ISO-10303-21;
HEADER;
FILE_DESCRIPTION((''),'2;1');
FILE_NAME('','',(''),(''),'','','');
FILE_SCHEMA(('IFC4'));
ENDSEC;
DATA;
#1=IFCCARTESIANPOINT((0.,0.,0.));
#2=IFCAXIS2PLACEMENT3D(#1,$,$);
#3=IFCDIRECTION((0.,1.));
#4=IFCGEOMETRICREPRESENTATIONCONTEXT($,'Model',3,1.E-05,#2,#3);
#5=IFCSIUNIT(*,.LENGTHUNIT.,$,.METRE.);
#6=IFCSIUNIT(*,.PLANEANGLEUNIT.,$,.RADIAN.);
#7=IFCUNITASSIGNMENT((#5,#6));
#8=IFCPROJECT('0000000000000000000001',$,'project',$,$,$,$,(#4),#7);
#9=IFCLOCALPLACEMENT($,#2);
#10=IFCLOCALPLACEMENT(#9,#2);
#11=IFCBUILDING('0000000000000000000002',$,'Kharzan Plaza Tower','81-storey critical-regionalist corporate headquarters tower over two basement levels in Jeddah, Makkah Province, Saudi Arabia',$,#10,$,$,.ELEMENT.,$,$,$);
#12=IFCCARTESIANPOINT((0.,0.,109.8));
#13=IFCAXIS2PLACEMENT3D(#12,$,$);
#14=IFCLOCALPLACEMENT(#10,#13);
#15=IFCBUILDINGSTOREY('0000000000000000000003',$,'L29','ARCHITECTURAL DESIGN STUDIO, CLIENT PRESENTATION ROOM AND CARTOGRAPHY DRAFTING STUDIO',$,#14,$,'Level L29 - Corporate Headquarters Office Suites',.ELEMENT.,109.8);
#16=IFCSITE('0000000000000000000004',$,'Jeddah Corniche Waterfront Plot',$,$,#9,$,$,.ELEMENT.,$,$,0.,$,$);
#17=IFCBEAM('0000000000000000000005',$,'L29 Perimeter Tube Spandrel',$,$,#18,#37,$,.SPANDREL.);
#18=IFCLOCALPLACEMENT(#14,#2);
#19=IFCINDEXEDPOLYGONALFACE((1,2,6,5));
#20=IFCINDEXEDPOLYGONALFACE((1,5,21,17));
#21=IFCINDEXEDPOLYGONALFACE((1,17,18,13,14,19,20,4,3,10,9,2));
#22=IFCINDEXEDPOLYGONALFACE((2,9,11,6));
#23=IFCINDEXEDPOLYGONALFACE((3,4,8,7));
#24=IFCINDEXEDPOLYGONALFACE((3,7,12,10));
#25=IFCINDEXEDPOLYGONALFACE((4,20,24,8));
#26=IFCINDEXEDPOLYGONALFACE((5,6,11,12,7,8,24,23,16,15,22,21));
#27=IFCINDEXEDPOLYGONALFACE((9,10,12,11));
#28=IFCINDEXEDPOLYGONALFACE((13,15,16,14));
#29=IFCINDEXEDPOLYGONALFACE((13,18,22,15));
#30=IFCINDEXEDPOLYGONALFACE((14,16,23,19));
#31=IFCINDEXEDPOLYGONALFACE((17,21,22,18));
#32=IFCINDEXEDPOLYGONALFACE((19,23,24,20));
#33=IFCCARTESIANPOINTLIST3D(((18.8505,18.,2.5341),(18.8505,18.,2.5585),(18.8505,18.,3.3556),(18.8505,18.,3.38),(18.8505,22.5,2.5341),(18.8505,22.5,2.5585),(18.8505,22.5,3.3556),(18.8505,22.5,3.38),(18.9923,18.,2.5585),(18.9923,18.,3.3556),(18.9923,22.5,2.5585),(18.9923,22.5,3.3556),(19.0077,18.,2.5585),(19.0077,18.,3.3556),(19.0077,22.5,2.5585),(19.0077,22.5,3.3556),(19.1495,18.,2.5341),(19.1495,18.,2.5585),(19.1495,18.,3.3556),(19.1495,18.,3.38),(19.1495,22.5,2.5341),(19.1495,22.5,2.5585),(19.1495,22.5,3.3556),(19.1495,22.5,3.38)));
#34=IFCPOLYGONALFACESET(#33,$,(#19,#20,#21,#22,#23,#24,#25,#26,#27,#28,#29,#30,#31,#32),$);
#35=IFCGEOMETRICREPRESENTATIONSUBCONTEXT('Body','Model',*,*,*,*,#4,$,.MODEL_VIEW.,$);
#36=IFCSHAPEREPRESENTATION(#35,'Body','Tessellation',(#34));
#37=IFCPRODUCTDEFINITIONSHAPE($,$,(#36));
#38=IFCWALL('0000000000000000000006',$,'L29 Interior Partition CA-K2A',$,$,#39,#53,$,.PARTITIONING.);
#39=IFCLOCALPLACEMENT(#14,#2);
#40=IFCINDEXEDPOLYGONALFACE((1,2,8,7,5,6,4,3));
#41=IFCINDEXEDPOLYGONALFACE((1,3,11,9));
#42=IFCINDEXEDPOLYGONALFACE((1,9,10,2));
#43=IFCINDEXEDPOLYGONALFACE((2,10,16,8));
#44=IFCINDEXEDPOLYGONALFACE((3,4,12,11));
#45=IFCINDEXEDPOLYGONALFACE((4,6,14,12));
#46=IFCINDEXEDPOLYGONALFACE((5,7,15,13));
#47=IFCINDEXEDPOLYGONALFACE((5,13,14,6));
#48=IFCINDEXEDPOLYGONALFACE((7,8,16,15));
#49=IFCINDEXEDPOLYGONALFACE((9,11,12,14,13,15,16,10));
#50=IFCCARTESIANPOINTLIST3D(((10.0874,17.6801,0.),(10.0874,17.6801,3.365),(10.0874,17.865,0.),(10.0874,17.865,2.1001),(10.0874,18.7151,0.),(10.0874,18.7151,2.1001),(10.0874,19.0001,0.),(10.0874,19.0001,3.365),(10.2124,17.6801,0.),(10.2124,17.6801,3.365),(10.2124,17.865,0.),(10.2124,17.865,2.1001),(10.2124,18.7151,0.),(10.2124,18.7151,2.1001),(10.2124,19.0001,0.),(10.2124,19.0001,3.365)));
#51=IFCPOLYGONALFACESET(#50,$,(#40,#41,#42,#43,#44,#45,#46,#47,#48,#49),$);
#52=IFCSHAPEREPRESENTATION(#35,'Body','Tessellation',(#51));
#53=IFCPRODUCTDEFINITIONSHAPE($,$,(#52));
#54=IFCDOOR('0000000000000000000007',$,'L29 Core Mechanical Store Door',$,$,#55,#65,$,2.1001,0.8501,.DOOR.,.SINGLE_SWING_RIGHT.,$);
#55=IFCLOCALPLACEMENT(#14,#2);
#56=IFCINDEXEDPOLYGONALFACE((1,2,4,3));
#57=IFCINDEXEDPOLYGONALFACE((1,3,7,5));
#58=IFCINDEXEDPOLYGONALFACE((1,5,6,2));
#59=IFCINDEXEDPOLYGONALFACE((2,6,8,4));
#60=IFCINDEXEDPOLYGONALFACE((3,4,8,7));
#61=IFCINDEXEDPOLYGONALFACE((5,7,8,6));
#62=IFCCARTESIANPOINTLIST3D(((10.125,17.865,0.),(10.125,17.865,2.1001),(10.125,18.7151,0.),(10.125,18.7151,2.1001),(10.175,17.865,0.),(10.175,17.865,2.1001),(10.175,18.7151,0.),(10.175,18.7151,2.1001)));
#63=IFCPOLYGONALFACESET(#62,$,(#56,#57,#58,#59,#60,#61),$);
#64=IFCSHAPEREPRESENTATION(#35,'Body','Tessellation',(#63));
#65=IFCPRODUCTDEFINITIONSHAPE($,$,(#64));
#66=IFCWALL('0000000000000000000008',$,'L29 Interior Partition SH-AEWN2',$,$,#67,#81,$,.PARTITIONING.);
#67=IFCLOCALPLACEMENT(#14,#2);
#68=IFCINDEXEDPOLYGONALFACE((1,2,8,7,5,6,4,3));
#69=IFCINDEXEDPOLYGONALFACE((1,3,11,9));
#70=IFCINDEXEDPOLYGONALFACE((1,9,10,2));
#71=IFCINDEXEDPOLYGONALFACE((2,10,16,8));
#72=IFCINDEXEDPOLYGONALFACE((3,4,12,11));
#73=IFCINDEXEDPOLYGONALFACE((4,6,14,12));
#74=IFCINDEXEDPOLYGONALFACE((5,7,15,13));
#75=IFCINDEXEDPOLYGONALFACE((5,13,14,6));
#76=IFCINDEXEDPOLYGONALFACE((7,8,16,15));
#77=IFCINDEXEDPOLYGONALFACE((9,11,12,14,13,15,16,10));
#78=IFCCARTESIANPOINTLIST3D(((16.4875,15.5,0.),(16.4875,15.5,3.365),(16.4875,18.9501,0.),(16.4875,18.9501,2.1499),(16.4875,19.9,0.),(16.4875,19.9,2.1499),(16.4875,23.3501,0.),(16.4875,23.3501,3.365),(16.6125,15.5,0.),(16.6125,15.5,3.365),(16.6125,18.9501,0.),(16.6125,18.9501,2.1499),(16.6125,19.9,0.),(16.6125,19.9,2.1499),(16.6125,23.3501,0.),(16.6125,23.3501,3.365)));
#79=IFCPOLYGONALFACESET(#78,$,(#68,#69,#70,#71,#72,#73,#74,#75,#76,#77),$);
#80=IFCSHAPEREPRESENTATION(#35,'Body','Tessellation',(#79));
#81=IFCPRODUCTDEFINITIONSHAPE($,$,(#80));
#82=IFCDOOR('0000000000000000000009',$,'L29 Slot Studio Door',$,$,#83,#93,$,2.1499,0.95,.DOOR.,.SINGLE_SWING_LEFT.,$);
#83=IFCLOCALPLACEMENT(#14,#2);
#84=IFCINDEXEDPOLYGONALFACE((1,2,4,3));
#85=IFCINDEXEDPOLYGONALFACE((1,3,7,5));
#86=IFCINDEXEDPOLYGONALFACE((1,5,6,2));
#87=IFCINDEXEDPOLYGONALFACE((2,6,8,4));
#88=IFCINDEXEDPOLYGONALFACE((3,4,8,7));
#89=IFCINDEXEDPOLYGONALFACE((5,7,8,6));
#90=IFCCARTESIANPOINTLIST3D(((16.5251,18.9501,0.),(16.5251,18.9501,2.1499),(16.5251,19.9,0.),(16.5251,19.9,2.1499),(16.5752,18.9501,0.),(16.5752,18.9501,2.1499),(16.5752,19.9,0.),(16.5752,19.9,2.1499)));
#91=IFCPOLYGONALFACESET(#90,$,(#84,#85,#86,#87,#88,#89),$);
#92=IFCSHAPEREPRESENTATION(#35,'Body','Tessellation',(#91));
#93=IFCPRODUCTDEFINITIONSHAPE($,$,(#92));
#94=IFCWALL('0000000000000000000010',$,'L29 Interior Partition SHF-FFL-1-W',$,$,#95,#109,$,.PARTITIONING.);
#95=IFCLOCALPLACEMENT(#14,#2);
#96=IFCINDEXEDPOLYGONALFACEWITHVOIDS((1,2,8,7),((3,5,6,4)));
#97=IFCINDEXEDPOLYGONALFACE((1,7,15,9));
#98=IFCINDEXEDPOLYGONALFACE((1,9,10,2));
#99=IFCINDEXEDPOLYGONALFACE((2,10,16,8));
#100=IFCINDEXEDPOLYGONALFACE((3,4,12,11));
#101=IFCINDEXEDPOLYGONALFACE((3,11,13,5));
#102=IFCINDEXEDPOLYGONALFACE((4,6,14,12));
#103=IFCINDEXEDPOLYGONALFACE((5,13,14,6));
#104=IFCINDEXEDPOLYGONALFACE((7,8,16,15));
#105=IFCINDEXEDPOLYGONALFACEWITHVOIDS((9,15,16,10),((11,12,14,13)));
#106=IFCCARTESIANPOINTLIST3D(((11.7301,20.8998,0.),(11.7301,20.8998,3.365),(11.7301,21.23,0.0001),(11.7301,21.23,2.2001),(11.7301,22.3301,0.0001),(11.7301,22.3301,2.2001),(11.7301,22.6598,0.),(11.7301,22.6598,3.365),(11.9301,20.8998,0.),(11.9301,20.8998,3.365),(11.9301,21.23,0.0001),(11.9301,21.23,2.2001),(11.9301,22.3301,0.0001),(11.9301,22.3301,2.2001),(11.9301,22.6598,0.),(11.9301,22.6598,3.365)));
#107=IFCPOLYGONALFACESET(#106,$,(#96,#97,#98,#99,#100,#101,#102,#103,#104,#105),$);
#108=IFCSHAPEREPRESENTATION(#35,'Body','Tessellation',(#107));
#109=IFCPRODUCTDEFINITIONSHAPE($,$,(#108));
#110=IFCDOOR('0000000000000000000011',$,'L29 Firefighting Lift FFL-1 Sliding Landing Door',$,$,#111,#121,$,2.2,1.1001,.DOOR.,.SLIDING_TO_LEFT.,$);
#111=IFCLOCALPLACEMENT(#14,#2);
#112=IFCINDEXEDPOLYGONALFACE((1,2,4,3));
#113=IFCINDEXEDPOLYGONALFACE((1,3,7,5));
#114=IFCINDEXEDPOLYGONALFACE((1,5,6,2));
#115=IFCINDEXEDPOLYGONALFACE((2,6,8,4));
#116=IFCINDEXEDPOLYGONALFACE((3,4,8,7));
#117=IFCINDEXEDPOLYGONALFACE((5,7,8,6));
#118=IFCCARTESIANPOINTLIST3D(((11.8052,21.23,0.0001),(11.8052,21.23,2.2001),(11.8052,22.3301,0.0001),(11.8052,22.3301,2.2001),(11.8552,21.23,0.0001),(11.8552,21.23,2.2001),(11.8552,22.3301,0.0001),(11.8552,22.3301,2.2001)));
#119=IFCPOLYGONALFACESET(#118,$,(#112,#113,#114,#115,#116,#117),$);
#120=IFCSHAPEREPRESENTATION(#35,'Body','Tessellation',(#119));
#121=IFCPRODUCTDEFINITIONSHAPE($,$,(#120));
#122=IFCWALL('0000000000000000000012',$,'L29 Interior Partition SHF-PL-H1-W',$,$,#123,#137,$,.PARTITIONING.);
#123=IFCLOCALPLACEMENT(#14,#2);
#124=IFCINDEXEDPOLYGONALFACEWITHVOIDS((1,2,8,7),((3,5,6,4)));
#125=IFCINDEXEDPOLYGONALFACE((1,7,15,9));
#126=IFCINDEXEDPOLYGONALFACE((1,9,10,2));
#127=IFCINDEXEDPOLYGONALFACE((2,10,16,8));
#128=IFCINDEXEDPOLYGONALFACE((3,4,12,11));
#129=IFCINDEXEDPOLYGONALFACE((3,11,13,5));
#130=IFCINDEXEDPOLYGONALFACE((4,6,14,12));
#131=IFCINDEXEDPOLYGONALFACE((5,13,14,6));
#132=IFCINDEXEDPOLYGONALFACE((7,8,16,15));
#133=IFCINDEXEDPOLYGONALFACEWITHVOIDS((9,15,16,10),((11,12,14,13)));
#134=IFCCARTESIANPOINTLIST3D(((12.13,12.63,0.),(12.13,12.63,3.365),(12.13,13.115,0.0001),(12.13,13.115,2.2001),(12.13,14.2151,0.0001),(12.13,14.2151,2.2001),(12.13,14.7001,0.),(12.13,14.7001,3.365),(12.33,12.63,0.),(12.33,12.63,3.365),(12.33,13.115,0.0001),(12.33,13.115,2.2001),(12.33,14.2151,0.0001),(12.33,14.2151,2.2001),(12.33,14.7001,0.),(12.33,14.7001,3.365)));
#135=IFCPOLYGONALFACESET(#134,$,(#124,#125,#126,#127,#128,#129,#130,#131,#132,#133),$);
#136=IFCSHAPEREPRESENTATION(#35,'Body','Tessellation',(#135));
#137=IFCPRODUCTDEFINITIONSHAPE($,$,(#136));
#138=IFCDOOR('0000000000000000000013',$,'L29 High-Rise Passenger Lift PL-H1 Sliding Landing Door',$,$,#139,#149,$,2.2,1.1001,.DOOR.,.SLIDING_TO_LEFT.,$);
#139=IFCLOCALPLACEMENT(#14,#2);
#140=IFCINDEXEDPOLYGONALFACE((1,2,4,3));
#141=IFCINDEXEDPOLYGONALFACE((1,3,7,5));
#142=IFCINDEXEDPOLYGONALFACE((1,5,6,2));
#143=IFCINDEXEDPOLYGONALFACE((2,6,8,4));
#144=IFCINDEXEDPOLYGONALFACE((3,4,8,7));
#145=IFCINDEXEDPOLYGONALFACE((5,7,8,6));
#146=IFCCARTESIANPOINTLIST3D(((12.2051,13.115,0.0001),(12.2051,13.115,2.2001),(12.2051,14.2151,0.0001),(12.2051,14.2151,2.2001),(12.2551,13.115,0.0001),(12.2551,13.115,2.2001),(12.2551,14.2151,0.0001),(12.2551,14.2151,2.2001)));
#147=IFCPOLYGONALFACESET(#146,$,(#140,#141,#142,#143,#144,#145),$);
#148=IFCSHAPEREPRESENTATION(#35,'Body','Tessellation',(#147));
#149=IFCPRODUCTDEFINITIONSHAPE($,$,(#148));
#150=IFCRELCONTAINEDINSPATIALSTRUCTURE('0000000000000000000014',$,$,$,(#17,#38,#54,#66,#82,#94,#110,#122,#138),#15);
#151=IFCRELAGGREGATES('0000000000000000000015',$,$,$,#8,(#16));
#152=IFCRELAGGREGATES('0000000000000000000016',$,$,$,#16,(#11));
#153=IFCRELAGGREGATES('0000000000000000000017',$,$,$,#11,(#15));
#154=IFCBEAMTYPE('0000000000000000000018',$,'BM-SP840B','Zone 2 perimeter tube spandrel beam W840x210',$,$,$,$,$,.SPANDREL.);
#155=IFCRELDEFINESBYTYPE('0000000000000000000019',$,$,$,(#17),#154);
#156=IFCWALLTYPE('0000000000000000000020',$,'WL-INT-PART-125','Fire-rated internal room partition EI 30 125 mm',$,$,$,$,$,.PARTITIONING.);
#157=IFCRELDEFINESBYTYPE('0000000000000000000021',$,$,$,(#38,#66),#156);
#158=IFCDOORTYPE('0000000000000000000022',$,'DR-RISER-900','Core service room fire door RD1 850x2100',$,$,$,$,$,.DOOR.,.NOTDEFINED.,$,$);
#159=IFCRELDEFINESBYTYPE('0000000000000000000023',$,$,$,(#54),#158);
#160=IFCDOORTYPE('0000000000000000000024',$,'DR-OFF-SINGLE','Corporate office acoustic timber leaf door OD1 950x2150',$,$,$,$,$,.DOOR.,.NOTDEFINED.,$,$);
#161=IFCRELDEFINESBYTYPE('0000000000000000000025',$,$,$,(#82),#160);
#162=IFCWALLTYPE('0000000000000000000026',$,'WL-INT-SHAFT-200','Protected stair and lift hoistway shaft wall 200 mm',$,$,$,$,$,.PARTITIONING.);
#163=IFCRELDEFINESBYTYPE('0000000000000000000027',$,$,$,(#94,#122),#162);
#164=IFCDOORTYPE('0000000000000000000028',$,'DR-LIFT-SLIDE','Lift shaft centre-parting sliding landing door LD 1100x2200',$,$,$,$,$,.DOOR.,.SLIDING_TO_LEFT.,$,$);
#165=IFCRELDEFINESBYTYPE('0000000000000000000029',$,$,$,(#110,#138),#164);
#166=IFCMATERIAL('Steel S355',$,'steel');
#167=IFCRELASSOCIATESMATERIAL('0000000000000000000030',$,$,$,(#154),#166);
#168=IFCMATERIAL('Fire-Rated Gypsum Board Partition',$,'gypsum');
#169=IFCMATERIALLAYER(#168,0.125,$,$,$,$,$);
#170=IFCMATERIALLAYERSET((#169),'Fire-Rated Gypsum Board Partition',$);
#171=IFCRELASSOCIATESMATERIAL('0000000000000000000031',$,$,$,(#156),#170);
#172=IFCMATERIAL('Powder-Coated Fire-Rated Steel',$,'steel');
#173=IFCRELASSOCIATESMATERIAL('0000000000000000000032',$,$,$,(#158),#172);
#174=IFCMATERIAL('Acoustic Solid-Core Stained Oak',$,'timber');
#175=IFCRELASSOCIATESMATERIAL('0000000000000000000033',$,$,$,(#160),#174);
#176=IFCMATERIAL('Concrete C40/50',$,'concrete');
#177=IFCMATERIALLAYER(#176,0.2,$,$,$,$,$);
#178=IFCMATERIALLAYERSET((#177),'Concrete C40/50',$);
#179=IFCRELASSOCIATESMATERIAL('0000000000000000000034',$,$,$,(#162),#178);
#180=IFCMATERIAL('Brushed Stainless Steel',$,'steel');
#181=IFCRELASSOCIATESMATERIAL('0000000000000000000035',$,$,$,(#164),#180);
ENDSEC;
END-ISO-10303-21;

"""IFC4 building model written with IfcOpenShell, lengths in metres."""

from ifc_helpers import new_model, si_unit, direction, frame, frame_2d, origin, origin_2d, place, context, subcontext, project, spatial, rectangle, i_section, extrude, source, transform, mapped, material, layer, layer_set, material_profile, profile_set, type_object, element, fill, save


model = new_model("IFC4")

# Units and contexts
model_context = context("Model", 3, precision=1e-05, world=origin(), true_north=direction((0.0, 1.0)))
body_context = subcontext(model_context, "Body", "Model", "MODEL_VIEW")
ifc_project = project(units=[si_unit("LENGTHUNIT", "METRE"), si_unit("PLANEANGLEUNIT", "RADIAN")], contexts=[model_context])

# Site, building, storey
site_placement = place(None, origin())
site = spatial("IfcSite", under=ifc_project, at=site_placement, Name="Jeddah Corniche Waterfront Plot", CompositionType="ELEMENT", RefElevation=0.0)
building_placement = place(site_placement, origin())
building = spatial("IfcBuilding", under=site, at=building_placement, Name="Kharzan Plaza Tower", Description="81-storey critical-regionalist corporate headquarters tower over two basement levels in Jeddah, Makkah Province, Saudi Arabia", CompositionType="ELEMENT")
storey_placement = place(building_placement, frame((0.0, 0.0, 109.8)))
storey = spatial("IfcBuildingStorey", under=building, at=storey_placement, Name="L29", Description="ARCHITECTURAL DESIGN STUDIO, CLIENT PRESENTATION ROOM AND CARTOGRAPHY DRAFTING STUDIO", LongName="Level L29 - Corporate Headquarters Office Suites", CompositionType="ELEMENT", Elevation=109.8)

# Beam
ifc_material_1 = material(Name="Steel S355", Category="steel")
ifc_material_profile_1 = material_profile(ifc_material_1, i_section(OverallWidth=0.2991, OverallDepth=0.8459, WebThickness=0.0154, FlangeThickness=0.0244, at=origin_2d()), Name="W840x210")
ifc_profile_set_1 = profile_set([ifc_material_profile_1], Name="Steel S355")
beam_type_1 = type_object("IfcBeamType", Name="BM-SP840B", Description="Zone 2 perimeter tube spandrel beam W840x210", PredefinedType="SPANDREL", material=ifc_profile_set_1)
shared_shape_1 = source(origin(), body_context, "Body", "SweptSolid", [
    extrude(i_section(OverallWidth=0.2991, OverallDepth=0.8459, WebThickness=0.0154, FlangeThickness=0.0244, at=origin_2d()), origin(), (0.0, 0.0, 1.0), 4.5),
])
beam_1_placement = place(storey_placement, frame((19.0, 18.0, 2.957), z_axis=(0.0, 1.0, 0.0), x_axis=(-1.0, 0.0, 0.0)))
element("IfcBeam", 1, at=beam_1_placement, inside=storey, type_object=beam_type_1, Name="L29 Perimeter Tube Spandrel", PredefinedType="SPANDREL", context=body_context, shape_type="MappedRepresentation", body=[
    mapped(shared_shape_1, transform((0.0, 0.0, 0.0), x_axis=(1.0, 0.0, 0.0), y_axis=(0.0, 1.0, 0.0), z_axis=(0.0, 0.0, 1.0))),
])

# Walls, openings, doors
ifc_material_2 = material(Name="Fire-Rated Gypsum Board Partition", Category="gypsum")
ifc_layer_1 = layer(ifc_material_2, 0.125)
ifc_layer_set_1 = layer_set([ifc_layer_1], Name="Fire-Rated Gypsum Board Partition")
wall_type_1 = type_object("IfcWallType", Name="WL-INT-PART-125", Description="Fire-rated internal room partition EI 30 125 mm", PredefinedType="PARTITIONING", material=ifc_layer_set_1)
wall_1_placement = place(storey_placement, frame((10.1499, 17.6799, 0.0), z_axis=(0.0, 0.0, 1.0), x_axis=(0.0, 1.0, 0.0)))
wall_1 = element("IfcWall", 2, at=wall_1_placement, inside=storey, type_object=wall_type_1, Name="L29 Interior Partition CA-K2A", PredefinedType="PARTITIONING", context=body_context, shape_type="SweptSolid", body=[
    extrude(rectangle(XDim=1.3201, YDim=0.125, at=frame_2d((0.6602, 0.0))), origin(), (0.0, 0.0, 1.0), 3.365),
])
opening_1_placement = place(wall_1_placement, frame((0.1851, 0.0, 0.0)))
opening_1 = element("IfcOpeningElement", 3, at=opening_1_placement, cuts=wall_1, PredefinedType="OPENING", context=body_context, shape_type="SweptSolid", body=[
    extrude(rectangle(XDim=0.8501, YDim=2.1001, at=frame_2d((0.425, 1.05))), frame((0.0, 0.0725, 0.0), z_axis=(0.0, -1.0, 0.0), x_axis=(1.0, 0.0, 0.0)), (0.0, 0.0, 1.0), 0.145),
])
ifc_material_3 = material(Name="Powder-Coated Fire-Rated Steel", Category="steel")
door_type_1 = type_object("IfcDoorType", Name="DR-RISER-900", Description="Core service room fire door RD1 850x2100", OperationType="NOTDEFINED", PredefinedType="DOOR", material=ifc_material_3)
shared_shape_2 = source(origin(), body_context, "Body", "SweptSolid", [
    extrude(rectangle(XDim=0.8501, YDim=2.1001, at=frame_2d((0.425, 1.05))), frame((0.0, 0.0249, 0.0), z_axis=(0.0, -1.0, 0.0), x_axis=(1.0, 0.0, 0.0)), (0.0, 0.0, 1.0), 0.05),
])
door_1_placement = place(opening_1_placement, origin())
door_1 = element("IfcDoor", 4, at=door_1_placement, inside=storey, type_object=door_type_1, Name="L29 Core Mechanical Store Door", OperationType="SINGLE_SWING_RIGHT", OverallHeight=2.1001, OverallWidth=0.8501, PredefinedType="DOOR", context=body_context, shape_type="MappedRepresentation", body=[
    mapped(shared_shape_2, transform((0.0, 0.0, 0.0), x_axis=(1.0, 0.0, 0.0), y_axis=(0.0, 1.0, 0.0), z_axis=(0.0, 0.0, 1.0))),
])
fill(opening_1, door_1)
ifc_material_4 = material(Name="Acoustic Solid-Core Stained Oak", Category="timber")
door_type_2 = type_object("IfcDoorType", Name="DR-OFF-SINGLE", Description="Corporate office acoustic timber leaf door OD1 950x2150", OperationType="NOTDEFINED", PredefinedType="DOOR", material=ifc_material_4)
shared_shape_3 = source(origin(), body_context, "Body", "SweptSolid", [
    extrude(rectangle(XDim=0.95, YDim=2.1499, at=frame_2d((0.4751, 1.075))), frame((0.0, 0.0249, 0.0), z_axis=(0.0, -1.0, 0.0), x_axis=(1.0, 0.0, 0.0)), (0.0, 0.0, 1.0), 0.05),
])
wall_2_placement = place(storey_placement, frame((16.55, 15.5, 0.0), z_axis=(0.0, 0.0, 1.0), x_axis=(0.0, 1.0, 0.0)))
wall_2 = element("IfcWall", 5, at=wall_2_placement, inside=storey, type_object=wall_type_1, Name="L29 Interior Partition SH-AEWN2", PredefinedType="PARTITIONING", context=body_context, shape_type="SweptSolid", body=[
    extrude(rectangle(XDim=7.8501, YDim=0.125, at=frame_2d((3.925, 0.0))), origin(), (0.0, 0.0, 1.0), 3.365),
])
opening_2_placement = place(wall_2_placement, frame((3.45, 0.0, 0.0)))
opening_2 = element("IfcOpeningElement", 6, at=opening_2_placement, cuts=wall_2, PredefinedType="OPENING", context=body_context, shape_type="SweptSolid", body=[
    extrude(rectangle(XDim=0.95, YDim=2.1499, at=frame_2d((0.4751, 1.075))), frame((0.0, 0.0725, 0.0), z_axis=(0.0, -1.0, 0.0), x_axis=(1.0, 0.0, 0.0)), (0.0, 0.0, 1.0), 0.145),
])
door_2_placement = place(opening_2_placement, origin())
door_2 = element("IfcDoor", 7, at=door_2_placement, inside=storey, type_object=door_type_2, Name="L29 Slot Studio Door", OperationType="SINGLE_SWING_LEFT", OverallHeight=2.1499, OverallWidth=0.95, PredefinedType="DOOR", context=body_context, shape_type="MappedRepresentation", body=[
    mapped(shared_shape_3, transform((0.0, 0.0, 0.0), x_axis=(1.0, 0.0, 0.0), y_axis=(0.0, 1.0, 0.0), z_axis=(0.0, 0.0, 1.0))),
])
fill(opening_2, door_2)
ifc_material_5 = material(Name="Concrete C40/50", Category="concrete")
ifc_layer_2 = layer(ifc_material_5, 0.2)
ifc_layer_set_2 = layer_set([ifc_layer_2], Name="Concrete C40/50")
wall_type_2 = type_object("IfcWallType", Name="WL-INT-SHAFT-200", Description="Protected stair and lift hoistway shaft wall 200 mm", PredefinedType="PARTITIONING", material=ifc_layer_set_2)
wall_3_placement = place(storey_placement, frame((11.8301, 20.8999, 0.0), z_axis=(0.0, 0.0, 1.0), x_axis=(0.0, 1.0, 0.0)))
wall_3 = element("IfcWall", 8, at=wall_3_placement, inside=storey, type_object=wall_type_2, Name="L29 Interior Partition SHF-FFL-1-W", PredefinedType="PARTITIONING", context=body_context, shape_type="SweptSolid", body=[
    extrude(rectangle(XDim=1.76, YDim=0.2, at=frame_2d((0.8799, 0.0))), origin(), (0.0, 0.0, 1.0), 3.365),
])
opening_3_placement = place(wall_3_placement, frame((0.3301, 0.0, 0.0)))
opening_3 = element("IfcOpeningElement", 9, at=opening_3_placement, cuts=wall_3, PredefinedType="OPENING", context=body_context, shape_type="SweptSolid", body=[
    extrude(rectangle(XDim=1.1001, YDim=2.2, at=frame_2d((0.55, 1.1001))), frame((0.0, 0.1099, 0.0), z_axis=(0.0, -1.0, 0.0), x_axis=(1.0, 0.0, 0.0)), (0.0, 0.0, 1.0), 0.22),
])
ifc_material_6 = material(Name="Brushed Stainless Steel", Category="steel")
door_type_3 = type_object("IfcDoorType", Name="DR-LIFT-SLIDE", Description="Lift shaft centre-parting sliding landing door LD 1100x2200", OperationType="SLIDING_TO_LEFT", PredefinedType="DOOR", material=ifc_material_6)
shared_shape_4 = source(origin(), body_context, "Body", "SweptSolid", [
    extrude(rectangle(XDim=1.1001, YDim=2.2, at=frame_2d((0.55, 1.1001))), frame((0.0, 0.0249, 0.0), z_axis=(0.0, -1.0, 0.0), x_axis=(1.0, 0.0, 0.0)), (0.0, 0.0, 1.0), 0.05),
])
door_3_placement = place(opening_3_placement, origin())
door_3 = element("IfcDoor", 10, at=door_3_placement, inside=storey, type_object=door_type_3, Name="L29 Firefighting Lift FFL-1 Sliding Landing Door", OperationType="SLIDING_TO_LEFT", OverallHeight=2.2, OverallWidth=1.1001, PredefinedType="DOOR", context=body_context, shape_type="MappedRepresentation", body=[
    mapped(shared_shape_4, transform((0.0, 0.0, 0.0), x_axis=(1.0, 0.0, 0.0), y_axis=(0.0, 1.0, 0.0), z_axis=(0.0, 0.0, 1.0))),
])
fill(opening_3, door_3)
wall_4_placement = place(storey_placement, frame((12.23, 12.6299, 0.0), z_axis=(0.0, 0.0, 1.0), x_axis=(0.0, 1.0, 0.0)))
wall_4 = element("IfcWall", 11, at=wall_4_placement, inside=storey, type_object=wall_type_2, Name="L29 Interior Partition SHF-PL-H1-W", PredefinedType="PARTITIONING", context=body_context, shape_type="SweptSolid", body=[
    extrude(rectangle(XDim=2.0701, YDim=0.2, at=frame_2d((1.0352, 0.0))), origin(), (0.0, 0.0, 1.0), 3.365),
])
opening_4_placement = place(wall_4_placement, frame((0.4851, 0.0, 0.0)))
opening_4 = element("IfcOpeningElement", 12, at=opening_4_placement, cuts=wall_4, PredefinedType="OPENING", context=body_context, shape_type="SweptSolid", body=[
    extrude(rectangle(XDim=1.1001, YDim=2.2, at=frame_2d((0.55, 1.1001))), frame((0.0, 0.1099, 0.0), z_axis=(0.0, -1.0, 0.0), x_axis=(1.0, 0.0, 0.0)), (0.0, 0.0, 1.0), 0.22),
])
door_4_placement = place(opening_4_placement, origin())
door_4 = element("IfcDoor", 13, at=door_4_placement, inside=storey, type_object=door_type_3, Name="L29 High-Rise Passenger Lift PL-H1 Sliding Landing Door", OperationType="SLIDING_TO_LEFT", OverallHeight=2.2, OverallWidth=1.1001, PredefinedType="DOOR", context=body_context, shape_type="MappedRepresentation", body=[
    mapped(shared_shape_4, transform((0.0, 0.0, 0.0), x_axis=(1.0, 0.0, 0.0), y_axis=(0.0, 1.0, 0.0), z_axis=(0.0, 0.0, 1.0))),
])
fill(opening_4, door_4)

save(model, "model.ifc")
